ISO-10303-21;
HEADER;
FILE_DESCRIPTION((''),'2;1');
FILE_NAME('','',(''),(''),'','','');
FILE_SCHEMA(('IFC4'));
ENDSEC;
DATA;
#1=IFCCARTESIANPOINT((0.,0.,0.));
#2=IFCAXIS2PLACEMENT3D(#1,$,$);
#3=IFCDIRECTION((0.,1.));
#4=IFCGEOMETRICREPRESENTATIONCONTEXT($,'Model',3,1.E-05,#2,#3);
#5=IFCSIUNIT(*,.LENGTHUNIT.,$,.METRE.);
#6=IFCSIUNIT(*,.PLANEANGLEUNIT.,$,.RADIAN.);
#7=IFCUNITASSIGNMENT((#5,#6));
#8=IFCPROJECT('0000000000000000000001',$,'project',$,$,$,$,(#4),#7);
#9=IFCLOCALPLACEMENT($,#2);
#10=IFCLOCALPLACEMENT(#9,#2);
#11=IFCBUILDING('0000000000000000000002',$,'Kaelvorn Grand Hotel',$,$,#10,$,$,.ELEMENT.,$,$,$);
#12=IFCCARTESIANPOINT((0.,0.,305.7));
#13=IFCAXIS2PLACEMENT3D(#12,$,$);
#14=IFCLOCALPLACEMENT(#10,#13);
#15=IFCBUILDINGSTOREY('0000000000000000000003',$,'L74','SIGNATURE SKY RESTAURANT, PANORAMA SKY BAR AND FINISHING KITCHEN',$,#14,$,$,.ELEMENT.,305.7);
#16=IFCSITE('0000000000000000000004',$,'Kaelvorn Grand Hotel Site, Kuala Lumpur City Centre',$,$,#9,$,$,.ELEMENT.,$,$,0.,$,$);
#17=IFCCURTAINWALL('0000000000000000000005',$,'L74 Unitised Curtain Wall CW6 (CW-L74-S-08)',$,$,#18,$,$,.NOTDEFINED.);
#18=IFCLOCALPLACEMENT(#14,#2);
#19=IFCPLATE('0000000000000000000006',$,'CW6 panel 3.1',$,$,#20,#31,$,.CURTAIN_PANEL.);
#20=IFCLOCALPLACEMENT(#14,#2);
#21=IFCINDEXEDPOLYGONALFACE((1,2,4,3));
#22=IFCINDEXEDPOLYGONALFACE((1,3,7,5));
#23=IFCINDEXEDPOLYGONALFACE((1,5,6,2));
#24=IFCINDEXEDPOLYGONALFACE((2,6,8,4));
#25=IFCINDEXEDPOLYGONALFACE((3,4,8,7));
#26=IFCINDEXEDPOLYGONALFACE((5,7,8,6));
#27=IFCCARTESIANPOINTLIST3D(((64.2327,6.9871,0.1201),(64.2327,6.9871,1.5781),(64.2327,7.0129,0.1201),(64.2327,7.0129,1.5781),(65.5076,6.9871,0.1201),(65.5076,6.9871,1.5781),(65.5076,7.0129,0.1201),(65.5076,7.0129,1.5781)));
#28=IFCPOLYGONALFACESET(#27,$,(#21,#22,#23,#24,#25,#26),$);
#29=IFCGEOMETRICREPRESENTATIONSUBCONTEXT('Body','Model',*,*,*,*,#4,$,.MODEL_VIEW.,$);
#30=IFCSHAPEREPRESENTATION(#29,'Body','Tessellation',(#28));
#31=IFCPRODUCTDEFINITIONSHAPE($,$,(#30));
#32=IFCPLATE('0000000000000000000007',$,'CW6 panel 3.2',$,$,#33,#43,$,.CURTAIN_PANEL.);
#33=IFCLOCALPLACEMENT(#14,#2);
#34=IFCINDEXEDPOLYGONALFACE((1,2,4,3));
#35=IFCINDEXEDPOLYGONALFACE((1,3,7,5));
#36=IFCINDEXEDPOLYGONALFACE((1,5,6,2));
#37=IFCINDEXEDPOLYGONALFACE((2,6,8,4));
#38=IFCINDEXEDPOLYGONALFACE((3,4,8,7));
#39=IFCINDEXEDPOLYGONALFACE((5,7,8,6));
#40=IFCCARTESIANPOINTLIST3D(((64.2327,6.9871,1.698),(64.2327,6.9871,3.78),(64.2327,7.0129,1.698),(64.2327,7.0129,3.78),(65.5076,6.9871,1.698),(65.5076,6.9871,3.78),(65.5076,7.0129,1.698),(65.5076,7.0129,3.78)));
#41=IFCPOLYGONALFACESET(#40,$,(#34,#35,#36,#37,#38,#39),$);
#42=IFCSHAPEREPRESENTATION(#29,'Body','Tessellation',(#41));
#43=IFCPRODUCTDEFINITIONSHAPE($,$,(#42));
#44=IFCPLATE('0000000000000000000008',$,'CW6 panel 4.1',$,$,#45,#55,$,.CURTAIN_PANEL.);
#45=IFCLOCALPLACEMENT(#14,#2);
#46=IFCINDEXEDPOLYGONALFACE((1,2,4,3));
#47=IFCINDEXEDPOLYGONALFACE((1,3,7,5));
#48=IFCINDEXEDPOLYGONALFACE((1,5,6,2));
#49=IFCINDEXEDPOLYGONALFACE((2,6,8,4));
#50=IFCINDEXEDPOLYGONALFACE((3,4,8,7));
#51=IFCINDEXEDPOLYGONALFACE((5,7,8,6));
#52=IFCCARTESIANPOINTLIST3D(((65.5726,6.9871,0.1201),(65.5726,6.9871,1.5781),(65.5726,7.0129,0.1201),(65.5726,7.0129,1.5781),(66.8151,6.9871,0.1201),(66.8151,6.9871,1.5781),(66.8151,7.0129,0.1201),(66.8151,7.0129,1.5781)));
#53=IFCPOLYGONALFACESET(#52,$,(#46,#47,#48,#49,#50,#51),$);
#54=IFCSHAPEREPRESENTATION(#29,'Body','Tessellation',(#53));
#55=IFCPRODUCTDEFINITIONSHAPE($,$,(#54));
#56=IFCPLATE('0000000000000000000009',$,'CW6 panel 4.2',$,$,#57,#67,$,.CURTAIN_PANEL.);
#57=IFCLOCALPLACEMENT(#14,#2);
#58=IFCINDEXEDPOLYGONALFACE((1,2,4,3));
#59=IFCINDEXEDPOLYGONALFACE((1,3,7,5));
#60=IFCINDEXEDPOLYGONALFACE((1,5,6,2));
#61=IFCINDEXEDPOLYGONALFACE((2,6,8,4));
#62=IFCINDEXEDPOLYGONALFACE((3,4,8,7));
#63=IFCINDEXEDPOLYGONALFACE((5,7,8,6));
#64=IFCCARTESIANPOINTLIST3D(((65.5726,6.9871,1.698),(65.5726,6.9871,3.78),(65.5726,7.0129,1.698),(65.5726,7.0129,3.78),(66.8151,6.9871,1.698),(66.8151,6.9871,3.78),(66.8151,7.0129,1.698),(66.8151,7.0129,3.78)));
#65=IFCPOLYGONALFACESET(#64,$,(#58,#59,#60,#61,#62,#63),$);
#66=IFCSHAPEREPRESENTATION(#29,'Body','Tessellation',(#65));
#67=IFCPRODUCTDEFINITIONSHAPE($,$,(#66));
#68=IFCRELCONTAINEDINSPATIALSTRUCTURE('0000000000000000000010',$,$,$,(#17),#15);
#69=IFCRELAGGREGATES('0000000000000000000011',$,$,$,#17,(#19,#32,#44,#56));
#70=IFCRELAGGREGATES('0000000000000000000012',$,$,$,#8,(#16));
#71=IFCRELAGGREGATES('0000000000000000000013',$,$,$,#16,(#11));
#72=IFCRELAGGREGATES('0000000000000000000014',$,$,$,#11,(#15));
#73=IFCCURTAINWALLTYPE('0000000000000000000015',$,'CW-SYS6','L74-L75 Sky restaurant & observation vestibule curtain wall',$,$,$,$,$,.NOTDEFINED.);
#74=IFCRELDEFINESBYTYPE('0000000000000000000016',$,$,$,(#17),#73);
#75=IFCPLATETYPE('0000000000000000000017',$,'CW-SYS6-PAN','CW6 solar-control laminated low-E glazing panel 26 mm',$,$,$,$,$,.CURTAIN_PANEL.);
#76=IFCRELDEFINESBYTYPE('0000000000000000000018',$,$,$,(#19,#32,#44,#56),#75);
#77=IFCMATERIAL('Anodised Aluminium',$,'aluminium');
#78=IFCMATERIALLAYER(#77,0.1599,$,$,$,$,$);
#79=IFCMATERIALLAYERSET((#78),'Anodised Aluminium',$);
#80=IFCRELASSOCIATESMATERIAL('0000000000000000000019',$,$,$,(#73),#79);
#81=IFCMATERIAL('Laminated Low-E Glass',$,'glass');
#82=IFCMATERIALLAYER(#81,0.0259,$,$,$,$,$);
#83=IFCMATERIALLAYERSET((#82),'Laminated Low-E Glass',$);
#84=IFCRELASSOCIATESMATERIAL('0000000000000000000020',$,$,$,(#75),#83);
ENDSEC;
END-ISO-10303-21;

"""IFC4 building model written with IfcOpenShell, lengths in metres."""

from ifc_helpers import new_model, si_unit, direction, frame, origin, origin_2d, place, context, subcontext, project, spatial, rectangle, extrude, material, layer, layer_set, type_object, element, aggregate, save


model = new_model("IFC4")

# Units and contexts
model_context = context("Model", 3, precision=1e-05, world=origin(), true_north=direction((0.0, 1.0)))
body_context = subcontext(model_context, "Body", "Model", "MODEL_VIEW")
ifc_project = project(units=[si_unit("LENGTHUNIT", "METRE"), si_unit("PLANEANGLEUNIT", "RADIAN")], contexts=[model_context])

# Site, building, storey
site_placement = place(None, origin())
site = spatial("IfcSite", under=ifc_project, at=site_placement, Name="Kaelvorn Grand Hotel Site, Kuala Lumpur City Centre", CompositionType="ELEMENT", RefElevation=0.0)
building_placement = place(site_placement, origin())
building = spatial("IfcBuilding", under=site, at=building_placement, Name="Kaelvorn Grand Hotel", CompositionType="ELEMENT")
storey_placement = place(building_placement, frame((0.0, 0.0, 305.7)))
storey = spatial("IfcBuildingStorey", under=building, at=storey_placement, Name="L74", Description="SIGNATURE SKY RESTAURANT, PANORAMA SKY BAR AND FINISHING KITCHEN", CompositionType="ELEMENT", Elevation=305.7)

# Curtain wall, plates
ifc_material_1 = material(Name="Anodised Aluminium", Category="aluminium")
ifc_layer_1 = layer(ifc_material_1, 0.1599)
ifc_layer_set_1 = layer_set([ifc_layer_1], Name="Anodised Aluminium")
curtain_wall_type = type_object("IfcCurtainWallType", Name="CW-SYS6", Description="L74-L75 Sky restaurant & observation vestibule curtain wall", PredefinedType="NOTDEFINED", material=ifc_layer_set_1)
curtain_wall_placement = place(storey_placement, origin())
curtain_wall = element("IfcCurtainWall", 1, at=curtain_wall_placement, inside=storey, type_object=curtain_wall_type, Name="L74 Unitised Curtain Wall CW6 (CW-L74-S-08)", PredefinedType="NOTDEFINED")
ifc_material_2 = material(Name="Laminated Low-E Glass", Category="glass")
ifc_layer_2 = layer(ifc_material_2, 0.0259)
ifc_layer_set_2 = layer_set([ifc_layer_2], Name="Laminated Low-E Glass")
plate_type = type_object("IfcPlateType", Name="CW-SYS6-PAN", Description="CW6 solar-control laminated low-E glazing panel 26 mm", PredefinedType="CURTAIN_PANEL", material=ifc_layer_set_2)
plate_1_placement = place(storey_placement, frame((64.8701, 7.0, 0.1201), z_axis=(0.0, 0.0, 1.0), x_axis=(1.0, 0.0, 0.0)))
plate_1 = element("IfcPlate", 2, at=plate_1_placement, type_object=plate_type, Name="CW6 panel 3.1", PredefinedType="CURTAIN_PANEL", context=body_context, shape_type="SweptSolid", body=[
    extrude(rectangle(XDim=1.2749, YDim=0.0259, at=origin_2d()), origin(), (0.0, 0.0, 1.0), 1.458),
])
plate_2_placement = place(storey_placement, frame((64.8701, 7.0, 1.698), z_axis=(0.0, 0.0, 1.0), x_axis=(1.0, 0.0, 0.0)))
plate_2 = element("IfcPlate", 3, at=plate_2_placement, type_object=plate_type, Name="CW6 panel 3.2", PredefinedType="CURTAIN_PANEL", context=body_context, shape_type="SweptSolid", body=[
    extrude(rectangle(XDim=1.2749, YDim=0.0259, at=origin_2d()), origin(), (0.0, 0.0, 1.0), 2.082),
])
plate_3_placement = place(storey_placement, frame((66.1938, 7.0, 0.1201), z_axis=(0.0, 0.0, 1.0), x_axis=(1.0, 0.0, 0.0)))
plate_3 = element("IfcPlate", 4, at=plate_3_placement, type_object=plate_type, Name="CW6 panel 4.1", PredefinedType="CURTAIN_PANEL", context=body_context, shape_type="SweptSolid", body=[
    extrude(rectangle(XDim=1.2424, YDim=0.0259, at=origin_2d()), origin(), (0.0, 0.0, 1.0), 1.458),
])
plate_4_placement = place(storey_placement, frame((66.1938, 7.0, 1.698), z_axis=(0.0, 0.0, 1.0), x_axis=(1.0, 0.0, 0.0)))
plate_4 = element("IfcPlate", 5, at=plate_4_placement, type_object=plate_type, Name="CW6 panel 4.2", PredefinedType="CURTAIN_PANEL", context=body_context, shape_type="SweptSolid", body=[
    extrude(rectangle(XDim=1.2424, YDim=0.0259, at=origin_2d()), origin(), (0.0, 0.0, 1.0), 2.082),
])
aggregate(curtain_wall, [plate_1, plate_2, plate_3, plate_4])

save(model, "model.ifc")
